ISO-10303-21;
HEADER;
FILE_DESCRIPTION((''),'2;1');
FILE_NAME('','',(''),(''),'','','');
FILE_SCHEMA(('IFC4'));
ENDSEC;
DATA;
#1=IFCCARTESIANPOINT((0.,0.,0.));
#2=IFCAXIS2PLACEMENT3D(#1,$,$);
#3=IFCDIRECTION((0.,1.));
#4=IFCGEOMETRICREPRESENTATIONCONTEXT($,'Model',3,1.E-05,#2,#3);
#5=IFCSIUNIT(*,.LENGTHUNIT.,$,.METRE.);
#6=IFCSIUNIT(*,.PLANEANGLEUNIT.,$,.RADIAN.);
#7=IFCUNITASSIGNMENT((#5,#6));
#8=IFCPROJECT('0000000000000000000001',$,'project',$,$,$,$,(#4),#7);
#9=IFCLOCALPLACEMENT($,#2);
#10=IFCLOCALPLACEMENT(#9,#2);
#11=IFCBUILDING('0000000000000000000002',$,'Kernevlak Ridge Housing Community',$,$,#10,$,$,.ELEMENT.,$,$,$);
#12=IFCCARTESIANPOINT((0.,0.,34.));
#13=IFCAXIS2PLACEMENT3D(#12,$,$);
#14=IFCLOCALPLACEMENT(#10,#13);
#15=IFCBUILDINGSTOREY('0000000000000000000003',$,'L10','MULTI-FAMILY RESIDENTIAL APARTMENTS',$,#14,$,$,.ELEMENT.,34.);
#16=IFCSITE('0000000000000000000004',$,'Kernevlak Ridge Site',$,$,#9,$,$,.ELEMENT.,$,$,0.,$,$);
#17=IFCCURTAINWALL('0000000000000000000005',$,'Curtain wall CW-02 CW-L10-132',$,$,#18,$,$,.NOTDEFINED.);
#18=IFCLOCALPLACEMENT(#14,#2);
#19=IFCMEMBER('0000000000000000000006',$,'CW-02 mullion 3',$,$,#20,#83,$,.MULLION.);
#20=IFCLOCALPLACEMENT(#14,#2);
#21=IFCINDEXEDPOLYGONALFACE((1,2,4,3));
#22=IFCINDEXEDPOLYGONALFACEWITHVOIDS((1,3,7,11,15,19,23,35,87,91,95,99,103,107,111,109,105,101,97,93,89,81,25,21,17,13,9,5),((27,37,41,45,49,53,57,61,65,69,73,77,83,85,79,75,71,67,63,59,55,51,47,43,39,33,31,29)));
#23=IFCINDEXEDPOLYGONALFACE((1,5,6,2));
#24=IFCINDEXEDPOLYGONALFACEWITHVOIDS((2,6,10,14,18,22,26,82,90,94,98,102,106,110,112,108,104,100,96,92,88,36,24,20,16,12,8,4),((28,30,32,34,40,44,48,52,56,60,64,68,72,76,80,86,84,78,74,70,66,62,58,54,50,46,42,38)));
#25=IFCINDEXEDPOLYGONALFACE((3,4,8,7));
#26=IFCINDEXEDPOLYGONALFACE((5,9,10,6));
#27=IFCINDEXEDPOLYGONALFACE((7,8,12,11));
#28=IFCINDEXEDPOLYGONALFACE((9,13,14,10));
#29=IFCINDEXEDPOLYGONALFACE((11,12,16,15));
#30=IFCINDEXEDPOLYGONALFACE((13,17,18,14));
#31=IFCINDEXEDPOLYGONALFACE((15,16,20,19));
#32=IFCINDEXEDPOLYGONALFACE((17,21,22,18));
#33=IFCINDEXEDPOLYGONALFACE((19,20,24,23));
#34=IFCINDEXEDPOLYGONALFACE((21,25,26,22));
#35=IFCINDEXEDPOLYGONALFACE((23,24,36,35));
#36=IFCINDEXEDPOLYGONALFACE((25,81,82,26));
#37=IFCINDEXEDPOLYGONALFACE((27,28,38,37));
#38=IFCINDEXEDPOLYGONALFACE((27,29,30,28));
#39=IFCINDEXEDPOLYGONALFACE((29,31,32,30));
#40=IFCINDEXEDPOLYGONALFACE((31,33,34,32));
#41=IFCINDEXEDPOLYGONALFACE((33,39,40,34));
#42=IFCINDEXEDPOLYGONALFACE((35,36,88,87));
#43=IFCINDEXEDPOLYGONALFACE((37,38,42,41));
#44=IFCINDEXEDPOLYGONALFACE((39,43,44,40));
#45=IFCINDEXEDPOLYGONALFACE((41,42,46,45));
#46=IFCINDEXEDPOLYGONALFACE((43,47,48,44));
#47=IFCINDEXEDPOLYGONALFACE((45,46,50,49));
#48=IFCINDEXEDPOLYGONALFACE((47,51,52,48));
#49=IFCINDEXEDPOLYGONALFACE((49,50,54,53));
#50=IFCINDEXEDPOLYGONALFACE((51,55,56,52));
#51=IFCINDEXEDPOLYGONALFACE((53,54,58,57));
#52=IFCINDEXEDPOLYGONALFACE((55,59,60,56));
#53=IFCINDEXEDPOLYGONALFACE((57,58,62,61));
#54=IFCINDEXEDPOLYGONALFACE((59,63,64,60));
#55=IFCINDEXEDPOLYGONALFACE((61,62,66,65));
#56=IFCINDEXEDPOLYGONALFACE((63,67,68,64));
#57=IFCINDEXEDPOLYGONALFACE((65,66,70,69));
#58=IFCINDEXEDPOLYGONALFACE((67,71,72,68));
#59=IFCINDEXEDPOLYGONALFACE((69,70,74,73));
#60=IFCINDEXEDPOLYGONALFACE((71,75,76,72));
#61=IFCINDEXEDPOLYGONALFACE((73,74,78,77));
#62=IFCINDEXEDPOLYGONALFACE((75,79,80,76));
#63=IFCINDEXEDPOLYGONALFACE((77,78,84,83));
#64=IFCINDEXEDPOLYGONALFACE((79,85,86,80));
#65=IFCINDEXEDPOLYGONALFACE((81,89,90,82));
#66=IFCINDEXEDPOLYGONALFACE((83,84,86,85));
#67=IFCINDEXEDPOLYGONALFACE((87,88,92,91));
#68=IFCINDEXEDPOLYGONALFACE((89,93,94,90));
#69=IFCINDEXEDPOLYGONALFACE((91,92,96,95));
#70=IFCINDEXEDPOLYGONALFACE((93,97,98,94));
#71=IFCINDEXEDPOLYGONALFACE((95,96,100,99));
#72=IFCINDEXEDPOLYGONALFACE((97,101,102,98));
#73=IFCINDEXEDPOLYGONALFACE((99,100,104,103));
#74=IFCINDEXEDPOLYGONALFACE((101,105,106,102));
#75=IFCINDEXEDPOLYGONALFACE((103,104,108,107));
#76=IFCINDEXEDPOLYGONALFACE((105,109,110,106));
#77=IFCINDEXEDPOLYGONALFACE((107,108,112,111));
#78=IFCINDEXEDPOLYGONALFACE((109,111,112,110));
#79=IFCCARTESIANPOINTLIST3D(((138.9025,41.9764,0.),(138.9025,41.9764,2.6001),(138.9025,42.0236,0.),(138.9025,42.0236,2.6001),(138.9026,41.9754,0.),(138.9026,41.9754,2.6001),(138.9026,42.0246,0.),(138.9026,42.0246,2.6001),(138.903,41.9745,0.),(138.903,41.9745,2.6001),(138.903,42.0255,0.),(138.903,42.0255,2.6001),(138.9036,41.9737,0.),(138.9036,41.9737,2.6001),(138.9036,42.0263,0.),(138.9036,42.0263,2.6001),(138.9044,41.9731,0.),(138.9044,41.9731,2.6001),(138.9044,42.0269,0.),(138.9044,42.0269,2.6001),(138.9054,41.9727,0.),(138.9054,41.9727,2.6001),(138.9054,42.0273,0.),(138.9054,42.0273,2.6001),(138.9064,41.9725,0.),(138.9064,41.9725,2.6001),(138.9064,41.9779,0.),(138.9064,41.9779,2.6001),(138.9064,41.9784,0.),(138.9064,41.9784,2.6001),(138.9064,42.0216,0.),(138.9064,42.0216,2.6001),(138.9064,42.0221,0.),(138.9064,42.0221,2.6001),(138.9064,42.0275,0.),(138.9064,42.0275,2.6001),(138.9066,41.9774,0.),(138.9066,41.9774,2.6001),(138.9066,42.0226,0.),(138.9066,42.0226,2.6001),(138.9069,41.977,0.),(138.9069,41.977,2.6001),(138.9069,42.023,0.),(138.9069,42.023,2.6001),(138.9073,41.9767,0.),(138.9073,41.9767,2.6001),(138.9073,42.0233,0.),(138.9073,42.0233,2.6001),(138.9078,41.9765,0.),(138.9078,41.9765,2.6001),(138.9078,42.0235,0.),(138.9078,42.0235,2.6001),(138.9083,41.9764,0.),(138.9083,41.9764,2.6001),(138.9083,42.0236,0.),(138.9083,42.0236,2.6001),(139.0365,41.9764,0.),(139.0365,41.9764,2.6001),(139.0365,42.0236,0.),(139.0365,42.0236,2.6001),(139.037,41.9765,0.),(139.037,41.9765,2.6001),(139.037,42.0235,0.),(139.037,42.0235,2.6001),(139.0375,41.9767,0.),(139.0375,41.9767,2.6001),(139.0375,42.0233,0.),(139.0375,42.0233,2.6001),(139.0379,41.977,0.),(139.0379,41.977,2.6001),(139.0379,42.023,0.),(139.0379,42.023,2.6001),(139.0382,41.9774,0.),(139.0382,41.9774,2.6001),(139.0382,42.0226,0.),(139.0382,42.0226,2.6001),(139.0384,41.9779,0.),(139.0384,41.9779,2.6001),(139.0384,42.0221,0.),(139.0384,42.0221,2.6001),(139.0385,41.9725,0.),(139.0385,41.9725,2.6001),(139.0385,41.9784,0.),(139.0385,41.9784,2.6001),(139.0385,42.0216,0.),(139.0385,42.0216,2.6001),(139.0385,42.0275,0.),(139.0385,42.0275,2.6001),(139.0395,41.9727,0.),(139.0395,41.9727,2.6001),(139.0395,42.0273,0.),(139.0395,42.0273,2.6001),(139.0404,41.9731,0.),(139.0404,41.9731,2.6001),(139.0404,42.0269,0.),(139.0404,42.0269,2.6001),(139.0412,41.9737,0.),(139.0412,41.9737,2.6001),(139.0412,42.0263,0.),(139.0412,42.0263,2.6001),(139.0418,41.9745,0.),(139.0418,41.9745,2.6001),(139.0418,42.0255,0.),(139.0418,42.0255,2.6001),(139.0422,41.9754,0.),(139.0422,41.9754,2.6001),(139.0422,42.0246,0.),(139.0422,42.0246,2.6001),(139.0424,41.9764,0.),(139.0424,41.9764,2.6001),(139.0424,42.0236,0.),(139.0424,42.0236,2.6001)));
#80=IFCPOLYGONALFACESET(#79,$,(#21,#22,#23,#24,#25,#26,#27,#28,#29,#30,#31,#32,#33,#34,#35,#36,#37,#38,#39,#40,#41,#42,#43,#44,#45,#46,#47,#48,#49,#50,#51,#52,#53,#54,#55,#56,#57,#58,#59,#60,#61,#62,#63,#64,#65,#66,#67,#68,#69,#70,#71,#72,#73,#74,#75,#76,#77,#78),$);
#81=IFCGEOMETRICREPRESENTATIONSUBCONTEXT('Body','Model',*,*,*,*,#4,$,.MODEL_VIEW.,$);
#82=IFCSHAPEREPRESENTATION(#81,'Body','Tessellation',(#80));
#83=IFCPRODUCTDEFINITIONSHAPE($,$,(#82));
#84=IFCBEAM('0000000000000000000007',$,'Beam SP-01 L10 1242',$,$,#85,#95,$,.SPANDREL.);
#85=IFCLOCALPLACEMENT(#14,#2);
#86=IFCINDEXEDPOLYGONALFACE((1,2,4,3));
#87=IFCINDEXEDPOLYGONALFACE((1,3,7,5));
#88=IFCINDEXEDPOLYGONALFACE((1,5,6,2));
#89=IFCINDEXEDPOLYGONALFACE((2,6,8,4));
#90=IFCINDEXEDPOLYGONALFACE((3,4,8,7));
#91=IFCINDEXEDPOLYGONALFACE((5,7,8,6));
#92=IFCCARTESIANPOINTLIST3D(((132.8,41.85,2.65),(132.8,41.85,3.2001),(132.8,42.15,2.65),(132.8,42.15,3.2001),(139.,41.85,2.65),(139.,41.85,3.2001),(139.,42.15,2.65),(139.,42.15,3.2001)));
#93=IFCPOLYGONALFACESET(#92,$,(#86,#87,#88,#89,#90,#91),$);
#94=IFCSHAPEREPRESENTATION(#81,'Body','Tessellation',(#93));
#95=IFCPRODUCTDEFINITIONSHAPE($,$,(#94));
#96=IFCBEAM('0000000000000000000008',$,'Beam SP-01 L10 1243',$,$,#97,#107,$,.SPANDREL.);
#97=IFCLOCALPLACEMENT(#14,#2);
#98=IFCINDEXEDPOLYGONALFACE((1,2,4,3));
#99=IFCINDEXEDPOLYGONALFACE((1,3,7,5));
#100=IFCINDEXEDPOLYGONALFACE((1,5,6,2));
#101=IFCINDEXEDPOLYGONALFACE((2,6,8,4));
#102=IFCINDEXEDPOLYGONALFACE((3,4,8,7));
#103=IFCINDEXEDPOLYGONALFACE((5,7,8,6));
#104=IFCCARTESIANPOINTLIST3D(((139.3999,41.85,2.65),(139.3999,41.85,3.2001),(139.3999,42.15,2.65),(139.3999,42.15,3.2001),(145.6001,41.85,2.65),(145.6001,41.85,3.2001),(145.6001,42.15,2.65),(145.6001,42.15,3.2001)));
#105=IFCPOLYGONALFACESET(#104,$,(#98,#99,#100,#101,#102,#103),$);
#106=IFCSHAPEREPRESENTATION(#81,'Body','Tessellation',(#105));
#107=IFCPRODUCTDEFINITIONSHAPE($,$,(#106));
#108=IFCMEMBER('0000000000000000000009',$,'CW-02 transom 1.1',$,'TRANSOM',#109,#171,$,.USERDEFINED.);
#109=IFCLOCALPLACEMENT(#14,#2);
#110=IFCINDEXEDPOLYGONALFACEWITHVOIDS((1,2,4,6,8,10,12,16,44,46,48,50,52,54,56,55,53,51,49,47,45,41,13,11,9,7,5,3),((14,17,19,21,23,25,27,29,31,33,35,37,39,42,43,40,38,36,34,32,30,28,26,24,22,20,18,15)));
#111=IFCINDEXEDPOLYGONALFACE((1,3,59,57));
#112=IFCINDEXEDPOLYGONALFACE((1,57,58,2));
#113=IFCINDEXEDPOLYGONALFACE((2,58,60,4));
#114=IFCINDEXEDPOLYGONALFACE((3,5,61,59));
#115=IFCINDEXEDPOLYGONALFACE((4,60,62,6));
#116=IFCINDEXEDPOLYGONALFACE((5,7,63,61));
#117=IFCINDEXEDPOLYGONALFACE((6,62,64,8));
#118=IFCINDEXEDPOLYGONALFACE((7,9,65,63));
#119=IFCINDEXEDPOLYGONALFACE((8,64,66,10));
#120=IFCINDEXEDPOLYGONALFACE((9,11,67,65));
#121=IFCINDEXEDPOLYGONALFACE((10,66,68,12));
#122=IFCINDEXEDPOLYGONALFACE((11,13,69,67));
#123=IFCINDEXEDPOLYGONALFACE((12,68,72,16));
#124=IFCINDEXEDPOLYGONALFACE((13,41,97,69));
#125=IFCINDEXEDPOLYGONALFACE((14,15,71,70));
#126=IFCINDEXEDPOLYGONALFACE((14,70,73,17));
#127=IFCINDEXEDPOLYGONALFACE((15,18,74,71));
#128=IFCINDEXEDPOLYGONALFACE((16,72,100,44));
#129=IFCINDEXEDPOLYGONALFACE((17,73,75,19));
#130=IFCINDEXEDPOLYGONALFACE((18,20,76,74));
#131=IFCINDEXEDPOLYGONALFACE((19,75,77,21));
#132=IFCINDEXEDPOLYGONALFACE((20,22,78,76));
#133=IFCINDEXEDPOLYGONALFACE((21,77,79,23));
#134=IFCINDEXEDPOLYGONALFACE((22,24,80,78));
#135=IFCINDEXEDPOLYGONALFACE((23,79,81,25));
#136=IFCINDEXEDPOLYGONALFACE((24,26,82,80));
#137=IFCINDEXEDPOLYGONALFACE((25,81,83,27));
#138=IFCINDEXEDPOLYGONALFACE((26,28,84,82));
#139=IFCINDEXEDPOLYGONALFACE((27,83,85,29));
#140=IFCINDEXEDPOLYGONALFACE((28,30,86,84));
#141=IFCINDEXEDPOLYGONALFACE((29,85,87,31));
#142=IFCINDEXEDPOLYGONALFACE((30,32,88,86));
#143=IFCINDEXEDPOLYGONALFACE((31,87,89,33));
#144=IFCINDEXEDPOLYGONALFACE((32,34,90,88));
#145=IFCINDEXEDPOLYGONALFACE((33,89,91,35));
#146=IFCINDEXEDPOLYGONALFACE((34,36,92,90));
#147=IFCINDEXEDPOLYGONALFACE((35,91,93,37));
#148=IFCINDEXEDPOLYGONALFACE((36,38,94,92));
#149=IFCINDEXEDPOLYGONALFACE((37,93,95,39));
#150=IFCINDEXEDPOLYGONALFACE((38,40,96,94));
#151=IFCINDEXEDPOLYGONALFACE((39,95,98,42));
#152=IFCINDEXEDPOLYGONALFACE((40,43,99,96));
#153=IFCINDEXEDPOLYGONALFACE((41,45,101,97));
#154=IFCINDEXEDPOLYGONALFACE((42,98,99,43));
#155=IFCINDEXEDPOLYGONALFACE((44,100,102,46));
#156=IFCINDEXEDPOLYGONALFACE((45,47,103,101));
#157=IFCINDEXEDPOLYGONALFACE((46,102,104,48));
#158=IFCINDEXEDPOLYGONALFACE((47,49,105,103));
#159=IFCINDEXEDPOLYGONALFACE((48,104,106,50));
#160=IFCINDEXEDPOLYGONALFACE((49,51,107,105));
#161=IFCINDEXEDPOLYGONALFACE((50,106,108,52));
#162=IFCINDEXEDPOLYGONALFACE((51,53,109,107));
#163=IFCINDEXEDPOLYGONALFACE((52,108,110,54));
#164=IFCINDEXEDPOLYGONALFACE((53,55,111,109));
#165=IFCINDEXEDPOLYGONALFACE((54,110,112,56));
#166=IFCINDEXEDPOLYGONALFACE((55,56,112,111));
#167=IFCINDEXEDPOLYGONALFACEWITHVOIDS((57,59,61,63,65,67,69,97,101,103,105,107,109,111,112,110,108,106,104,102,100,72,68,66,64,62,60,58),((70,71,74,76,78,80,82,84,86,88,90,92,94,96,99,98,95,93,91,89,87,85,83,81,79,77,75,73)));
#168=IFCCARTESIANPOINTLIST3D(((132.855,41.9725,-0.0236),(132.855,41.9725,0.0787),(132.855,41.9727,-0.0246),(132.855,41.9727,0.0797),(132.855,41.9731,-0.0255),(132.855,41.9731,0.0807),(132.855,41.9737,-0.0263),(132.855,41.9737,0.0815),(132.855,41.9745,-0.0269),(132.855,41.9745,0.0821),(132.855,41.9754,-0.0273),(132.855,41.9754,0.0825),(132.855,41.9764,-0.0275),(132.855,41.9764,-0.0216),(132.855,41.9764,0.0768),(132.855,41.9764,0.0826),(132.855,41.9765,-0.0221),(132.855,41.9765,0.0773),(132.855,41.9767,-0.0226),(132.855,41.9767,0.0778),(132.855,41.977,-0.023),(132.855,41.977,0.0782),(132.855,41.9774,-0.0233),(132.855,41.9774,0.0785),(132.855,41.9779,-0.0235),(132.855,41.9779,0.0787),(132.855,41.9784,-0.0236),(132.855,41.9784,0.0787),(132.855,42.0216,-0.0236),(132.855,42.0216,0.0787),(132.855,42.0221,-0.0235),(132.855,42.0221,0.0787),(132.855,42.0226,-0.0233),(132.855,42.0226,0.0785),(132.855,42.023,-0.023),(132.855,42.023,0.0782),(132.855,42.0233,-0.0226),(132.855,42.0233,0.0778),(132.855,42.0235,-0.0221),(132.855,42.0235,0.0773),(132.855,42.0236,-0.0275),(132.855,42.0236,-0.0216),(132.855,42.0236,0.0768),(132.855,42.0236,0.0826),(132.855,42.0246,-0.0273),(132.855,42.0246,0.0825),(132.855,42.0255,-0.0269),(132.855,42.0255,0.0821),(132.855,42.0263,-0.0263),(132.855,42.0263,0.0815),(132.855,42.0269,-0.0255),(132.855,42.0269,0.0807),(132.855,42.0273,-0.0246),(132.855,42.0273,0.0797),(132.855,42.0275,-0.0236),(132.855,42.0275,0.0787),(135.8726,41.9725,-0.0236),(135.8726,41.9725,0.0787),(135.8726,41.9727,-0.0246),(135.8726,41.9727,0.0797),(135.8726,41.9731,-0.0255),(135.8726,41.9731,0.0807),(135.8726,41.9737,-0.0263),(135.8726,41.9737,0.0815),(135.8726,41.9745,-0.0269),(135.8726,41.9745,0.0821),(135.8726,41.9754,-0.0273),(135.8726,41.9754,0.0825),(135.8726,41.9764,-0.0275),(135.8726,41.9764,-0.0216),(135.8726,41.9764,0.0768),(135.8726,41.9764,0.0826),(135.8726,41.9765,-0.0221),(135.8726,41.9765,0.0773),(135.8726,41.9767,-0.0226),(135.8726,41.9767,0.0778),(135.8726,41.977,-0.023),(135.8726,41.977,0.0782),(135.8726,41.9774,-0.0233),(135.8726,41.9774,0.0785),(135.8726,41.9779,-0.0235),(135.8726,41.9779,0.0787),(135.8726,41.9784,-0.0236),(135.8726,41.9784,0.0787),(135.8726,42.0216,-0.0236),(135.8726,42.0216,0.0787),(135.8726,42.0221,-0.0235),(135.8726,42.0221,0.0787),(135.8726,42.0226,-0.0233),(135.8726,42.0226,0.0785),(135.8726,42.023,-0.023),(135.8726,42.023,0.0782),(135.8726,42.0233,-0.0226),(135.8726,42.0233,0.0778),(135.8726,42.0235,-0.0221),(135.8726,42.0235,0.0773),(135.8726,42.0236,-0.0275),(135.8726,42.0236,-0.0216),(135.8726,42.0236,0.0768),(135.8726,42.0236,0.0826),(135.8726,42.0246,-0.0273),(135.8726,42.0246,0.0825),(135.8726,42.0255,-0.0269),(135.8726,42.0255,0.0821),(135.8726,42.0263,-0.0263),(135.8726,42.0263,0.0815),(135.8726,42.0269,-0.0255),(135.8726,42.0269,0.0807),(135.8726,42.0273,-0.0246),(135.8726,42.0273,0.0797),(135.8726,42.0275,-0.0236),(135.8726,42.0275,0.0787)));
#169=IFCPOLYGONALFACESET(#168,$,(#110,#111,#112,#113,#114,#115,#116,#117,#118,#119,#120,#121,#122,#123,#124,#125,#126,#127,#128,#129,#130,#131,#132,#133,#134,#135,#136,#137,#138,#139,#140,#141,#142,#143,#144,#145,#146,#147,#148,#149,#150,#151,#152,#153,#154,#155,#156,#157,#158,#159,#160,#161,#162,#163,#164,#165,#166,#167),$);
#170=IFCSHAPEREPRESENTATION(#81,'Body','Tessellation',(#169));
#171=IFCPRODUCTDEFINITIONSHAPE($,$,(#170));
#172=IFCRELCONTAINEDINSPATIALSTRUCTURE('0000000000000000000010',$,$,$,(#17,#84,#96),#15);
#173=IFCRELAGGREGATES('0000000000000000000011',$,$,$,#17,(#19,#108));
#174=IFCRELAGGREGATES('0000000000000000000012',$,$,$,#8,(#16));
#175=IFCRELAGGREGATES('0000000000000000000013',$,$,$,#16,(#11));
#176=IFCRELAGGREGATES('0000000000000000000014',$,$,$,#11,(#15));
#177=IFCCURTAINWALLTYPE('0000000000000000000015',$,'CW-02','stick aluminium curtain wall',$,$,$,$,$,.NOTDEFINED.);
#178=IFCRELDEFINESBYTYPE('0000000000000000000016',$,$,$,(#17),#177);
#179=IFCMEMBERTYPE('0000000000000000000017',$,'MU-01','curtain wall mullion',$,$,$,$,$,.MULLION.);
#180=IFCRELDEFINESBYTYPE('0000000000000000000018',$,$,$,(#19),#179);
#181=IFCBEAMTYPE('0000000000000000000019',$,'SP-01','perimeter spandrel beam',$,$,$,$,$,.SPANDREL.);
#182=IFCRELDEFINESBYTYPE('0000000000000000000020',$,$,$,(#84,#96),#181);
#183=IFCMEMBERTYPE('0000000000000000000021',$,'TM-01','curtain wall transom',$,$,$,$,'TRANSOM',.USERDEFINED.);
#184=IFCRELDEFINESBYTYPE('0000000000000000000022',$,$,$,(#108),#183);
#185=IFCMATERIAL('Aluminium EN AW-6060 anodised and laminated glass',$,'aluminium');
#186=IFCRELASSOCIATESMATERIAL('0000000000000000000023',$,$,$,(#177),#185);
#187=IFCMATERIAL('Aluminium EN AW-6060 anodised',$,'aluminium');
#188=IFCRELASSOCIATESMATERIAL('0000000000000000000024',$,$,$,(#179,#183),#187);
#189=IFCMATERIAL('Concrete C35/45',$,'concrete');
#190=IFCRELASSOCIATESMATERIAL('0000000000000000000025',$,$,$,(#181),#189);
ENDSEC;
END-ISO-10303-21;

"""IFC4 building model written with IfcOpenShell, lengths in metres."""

from ifc_helpers import new_model, si_unit, direction, frame, origin, origin_2d, place, context, subcontext, project, spatial, rectangle, hollow_rectangle, extrude, material, material_profile, profile_set, type_object, element, aggregate, save


model = new_model("IFC4")

# Units and contexts
model_context = context("Model", 3, precision=1e-05, world=origin(), true_north=direction((0.0, 1.0)))
body_context = subcontext(model_context, "Body", "Model", "MODEL_VIEW")
ifc_project = project(units=[si_unit("LENGTHUNIT", "METRE"), si_unit("PLANEANGLEUNIT", "RADIAN")], contexts=[model_context])

# Site, building, storey
site_placement = place(None, origin())
site = spatial("IfcSite", under=ifc_project, at=site_placement, Name="Kernevlak Ridge Site", CompositionType="ELEMENT", RefElevation=0.0)
building_placement = place(site_placement, origin())
building = spatial("IfcBuilding", under=site, at=building_placement, Name="Kernevlak Ridge Housing Community", CompositionType="ELEMENT")
storey_placement = place(building_placement, frame((0.0, 0.0, 34.0)))
storey = spatial("IfcBuildingStorey", under=building, at=storey_placement, Name="L10", Description="MULTI-FAMILY RESIDENTIAL APARTMENTS", CompositionType="ELEMENT", Elevation=34.0)

# Shared definitions
ifc_material_1 = material(Name="Concrete C35/45", Category="concrete")

# Curtain wall, member
ifc_material_2 = material(Name="Aluminium EN AW-6060 anodised and laminated glass", Category="aluminium")
curtain_wall_type = type_object("IfcCurtainWallType", Name="CW-02", Description="stick aluminium curtain wall", PredefinedType="NOTDEFINED", material=ifc_material_2)
curtain_wall_placement = place(storey_placement, origin())
curtain_wall = element("IfcCurtainWall", 1, at=curtain_wall_placement, inside=storey, type_object=curtain_wall_type, Name="Curtain wall CW-02 CW-L10-132", PredefinedType="NOTDEFINED")
ifc_material_3 = material(Name="Aluminium EN AW-6060 anodised", Category="aluminium")
ifc_material_profile_1 = material_profile(ifc_material_3, hollow_rectangle(XDim=0.0549, YDim=0.1399, WallThickness=0.0039, InnerFilletRadius=0.002, OuterFilletRadius=0.0039, at=origin_2d()), Name="ALU 55x140x4")
ifc_profile_set_1 = profile_set([ifc_material_profile_1], Name="Aluminium EN AW-6060 anodised")
member_type_1 = type_object("IfcMemberType", Name="MU-01", Description="curtain wall mullion", PredefinedType="MULLION", material=ifc_profile_set_1)
member_1_placement = place(storey_placement, frame((138.9724, 42.0, 0.0), z_axis=(0.0, 0.0, 1.0), x_axis=(0.0, 1.0, 0.0)))
member_1 = element("IfcMember", 2, at=member_1_placement, type_object=member_type_1, Name="CW-02 mullion 3", PredefinedType="MULLION", context=body_context, shape_type="SweptSolid", body=[
    extrude(hollow_rectangle(XDim=0.0549, YDim=0.1399, WallThickness=0.0039, InnerFilletRadius=0.002, OuterFilletRadius=0.0039, at=origin_2d()), origin(), (0.0, 0.0, 1.0), 2.6001),
])

# Beams
ifc_material_profile_2 = material_profile(ifc_material_1, rectangle(XDim=0.3, YDim=0.55, at=origin_2d()), Name="RC 300x550")
ifc_profile_set_2 = profile_set([ifc_material_profile_2], Name="Concrete C35/45")
beam_type = type_object("IfcBeamType", Name="SP-01", Description="perimeter spandrel beam", PredefinedType="SPANDREL", material=ifc_profile_set_2)
beam_1_placement = place(storey_placement, frame((132.8, 42.0, 2.925), z_axis=(1.0, 0.0, 0.0), x_axis=(0.0, 1.0, 0.0)))
element("IfcBeam", 3, at=beam_1_placement, inside=storey, type_object=beam_type, Name="Beam SP-01 L10 1242", PredefinedType="SPANDREL", context=body_context, shape_type="SweptSolid", body=[
    extrude(rectangle(XDim=0.3, YDim=0.55, at=origin_2d()), origin(), (0.0, 0.0, 1.0), 6.2),
])
beam_2_placement = place(storey_placement, frame((139.3999, 42.0, 2.925), z_axis=(1.0, 0.0, 0.0), x_axis=(0.0, 1.0, 0.0)))
element("IfcBeam", 4, at=beam_2_placement, inside=storey, type_object=beam_type, Name="Beam SP-01 L10 1243", PredefinedType="SPANDREL", context=body_context, shape_type="SweptSolid", body=[
    extrude(rectangle(XDim=0.3, YDim=0.55, at=origin_2d()), origin(), (0.0, 0.0, 1.0), 6.2002),
])

# Member
ifc_material_profile_3 = material_profile(ifc_material_3, hollow_rectangle(XDim=0.0549, YDim=0.1101, WallThickness=0.0039, InnerFilletRadius=0.002, OuterFilletRadius=0.0039, at=origin_2d()), Name="ALU 55x110x4")
ifc_profile_set_3 = profile_set([ifc_material_profile_3], Name="Aluminium EN AW-6060 anodised")
member_type_2 = type_object("IfcMemberType", Name="TM-01", Description="curtain wall transom", ElementType="TRANSOM", PredefinedType="USERDEFINED", material=ifc_profile_set_3)
member_2_placement = place(storey_placement, frame((132.855, 42.0, 0.0276), z_axis=(1.0, 0.0, 0.0), x_axis=(0.0, 1.0, 0.0)))
member_2 = element("IfcMember", 5, at=member_2_placement, type_object=member_type_2, Name="CW-02 transom 1.1", ObjectType="TRANSOM", PredefinedType="USERDEFINED", context=body_context, shape_type="SweptSolid", body=[
    extrude(hollow_rectangle(XDim=0.0549, YDim=0.1101, WallThickness=0.0039, InnerFilletRadius=0.002, OuterFilletRadius=0.0039, at=origin_2d()), origin(), (0.0, 0.0, 1.0), 3.0176),
])

aggregate(curtain_wall, [member_1, member_2])

save(model, "model.ifc")
